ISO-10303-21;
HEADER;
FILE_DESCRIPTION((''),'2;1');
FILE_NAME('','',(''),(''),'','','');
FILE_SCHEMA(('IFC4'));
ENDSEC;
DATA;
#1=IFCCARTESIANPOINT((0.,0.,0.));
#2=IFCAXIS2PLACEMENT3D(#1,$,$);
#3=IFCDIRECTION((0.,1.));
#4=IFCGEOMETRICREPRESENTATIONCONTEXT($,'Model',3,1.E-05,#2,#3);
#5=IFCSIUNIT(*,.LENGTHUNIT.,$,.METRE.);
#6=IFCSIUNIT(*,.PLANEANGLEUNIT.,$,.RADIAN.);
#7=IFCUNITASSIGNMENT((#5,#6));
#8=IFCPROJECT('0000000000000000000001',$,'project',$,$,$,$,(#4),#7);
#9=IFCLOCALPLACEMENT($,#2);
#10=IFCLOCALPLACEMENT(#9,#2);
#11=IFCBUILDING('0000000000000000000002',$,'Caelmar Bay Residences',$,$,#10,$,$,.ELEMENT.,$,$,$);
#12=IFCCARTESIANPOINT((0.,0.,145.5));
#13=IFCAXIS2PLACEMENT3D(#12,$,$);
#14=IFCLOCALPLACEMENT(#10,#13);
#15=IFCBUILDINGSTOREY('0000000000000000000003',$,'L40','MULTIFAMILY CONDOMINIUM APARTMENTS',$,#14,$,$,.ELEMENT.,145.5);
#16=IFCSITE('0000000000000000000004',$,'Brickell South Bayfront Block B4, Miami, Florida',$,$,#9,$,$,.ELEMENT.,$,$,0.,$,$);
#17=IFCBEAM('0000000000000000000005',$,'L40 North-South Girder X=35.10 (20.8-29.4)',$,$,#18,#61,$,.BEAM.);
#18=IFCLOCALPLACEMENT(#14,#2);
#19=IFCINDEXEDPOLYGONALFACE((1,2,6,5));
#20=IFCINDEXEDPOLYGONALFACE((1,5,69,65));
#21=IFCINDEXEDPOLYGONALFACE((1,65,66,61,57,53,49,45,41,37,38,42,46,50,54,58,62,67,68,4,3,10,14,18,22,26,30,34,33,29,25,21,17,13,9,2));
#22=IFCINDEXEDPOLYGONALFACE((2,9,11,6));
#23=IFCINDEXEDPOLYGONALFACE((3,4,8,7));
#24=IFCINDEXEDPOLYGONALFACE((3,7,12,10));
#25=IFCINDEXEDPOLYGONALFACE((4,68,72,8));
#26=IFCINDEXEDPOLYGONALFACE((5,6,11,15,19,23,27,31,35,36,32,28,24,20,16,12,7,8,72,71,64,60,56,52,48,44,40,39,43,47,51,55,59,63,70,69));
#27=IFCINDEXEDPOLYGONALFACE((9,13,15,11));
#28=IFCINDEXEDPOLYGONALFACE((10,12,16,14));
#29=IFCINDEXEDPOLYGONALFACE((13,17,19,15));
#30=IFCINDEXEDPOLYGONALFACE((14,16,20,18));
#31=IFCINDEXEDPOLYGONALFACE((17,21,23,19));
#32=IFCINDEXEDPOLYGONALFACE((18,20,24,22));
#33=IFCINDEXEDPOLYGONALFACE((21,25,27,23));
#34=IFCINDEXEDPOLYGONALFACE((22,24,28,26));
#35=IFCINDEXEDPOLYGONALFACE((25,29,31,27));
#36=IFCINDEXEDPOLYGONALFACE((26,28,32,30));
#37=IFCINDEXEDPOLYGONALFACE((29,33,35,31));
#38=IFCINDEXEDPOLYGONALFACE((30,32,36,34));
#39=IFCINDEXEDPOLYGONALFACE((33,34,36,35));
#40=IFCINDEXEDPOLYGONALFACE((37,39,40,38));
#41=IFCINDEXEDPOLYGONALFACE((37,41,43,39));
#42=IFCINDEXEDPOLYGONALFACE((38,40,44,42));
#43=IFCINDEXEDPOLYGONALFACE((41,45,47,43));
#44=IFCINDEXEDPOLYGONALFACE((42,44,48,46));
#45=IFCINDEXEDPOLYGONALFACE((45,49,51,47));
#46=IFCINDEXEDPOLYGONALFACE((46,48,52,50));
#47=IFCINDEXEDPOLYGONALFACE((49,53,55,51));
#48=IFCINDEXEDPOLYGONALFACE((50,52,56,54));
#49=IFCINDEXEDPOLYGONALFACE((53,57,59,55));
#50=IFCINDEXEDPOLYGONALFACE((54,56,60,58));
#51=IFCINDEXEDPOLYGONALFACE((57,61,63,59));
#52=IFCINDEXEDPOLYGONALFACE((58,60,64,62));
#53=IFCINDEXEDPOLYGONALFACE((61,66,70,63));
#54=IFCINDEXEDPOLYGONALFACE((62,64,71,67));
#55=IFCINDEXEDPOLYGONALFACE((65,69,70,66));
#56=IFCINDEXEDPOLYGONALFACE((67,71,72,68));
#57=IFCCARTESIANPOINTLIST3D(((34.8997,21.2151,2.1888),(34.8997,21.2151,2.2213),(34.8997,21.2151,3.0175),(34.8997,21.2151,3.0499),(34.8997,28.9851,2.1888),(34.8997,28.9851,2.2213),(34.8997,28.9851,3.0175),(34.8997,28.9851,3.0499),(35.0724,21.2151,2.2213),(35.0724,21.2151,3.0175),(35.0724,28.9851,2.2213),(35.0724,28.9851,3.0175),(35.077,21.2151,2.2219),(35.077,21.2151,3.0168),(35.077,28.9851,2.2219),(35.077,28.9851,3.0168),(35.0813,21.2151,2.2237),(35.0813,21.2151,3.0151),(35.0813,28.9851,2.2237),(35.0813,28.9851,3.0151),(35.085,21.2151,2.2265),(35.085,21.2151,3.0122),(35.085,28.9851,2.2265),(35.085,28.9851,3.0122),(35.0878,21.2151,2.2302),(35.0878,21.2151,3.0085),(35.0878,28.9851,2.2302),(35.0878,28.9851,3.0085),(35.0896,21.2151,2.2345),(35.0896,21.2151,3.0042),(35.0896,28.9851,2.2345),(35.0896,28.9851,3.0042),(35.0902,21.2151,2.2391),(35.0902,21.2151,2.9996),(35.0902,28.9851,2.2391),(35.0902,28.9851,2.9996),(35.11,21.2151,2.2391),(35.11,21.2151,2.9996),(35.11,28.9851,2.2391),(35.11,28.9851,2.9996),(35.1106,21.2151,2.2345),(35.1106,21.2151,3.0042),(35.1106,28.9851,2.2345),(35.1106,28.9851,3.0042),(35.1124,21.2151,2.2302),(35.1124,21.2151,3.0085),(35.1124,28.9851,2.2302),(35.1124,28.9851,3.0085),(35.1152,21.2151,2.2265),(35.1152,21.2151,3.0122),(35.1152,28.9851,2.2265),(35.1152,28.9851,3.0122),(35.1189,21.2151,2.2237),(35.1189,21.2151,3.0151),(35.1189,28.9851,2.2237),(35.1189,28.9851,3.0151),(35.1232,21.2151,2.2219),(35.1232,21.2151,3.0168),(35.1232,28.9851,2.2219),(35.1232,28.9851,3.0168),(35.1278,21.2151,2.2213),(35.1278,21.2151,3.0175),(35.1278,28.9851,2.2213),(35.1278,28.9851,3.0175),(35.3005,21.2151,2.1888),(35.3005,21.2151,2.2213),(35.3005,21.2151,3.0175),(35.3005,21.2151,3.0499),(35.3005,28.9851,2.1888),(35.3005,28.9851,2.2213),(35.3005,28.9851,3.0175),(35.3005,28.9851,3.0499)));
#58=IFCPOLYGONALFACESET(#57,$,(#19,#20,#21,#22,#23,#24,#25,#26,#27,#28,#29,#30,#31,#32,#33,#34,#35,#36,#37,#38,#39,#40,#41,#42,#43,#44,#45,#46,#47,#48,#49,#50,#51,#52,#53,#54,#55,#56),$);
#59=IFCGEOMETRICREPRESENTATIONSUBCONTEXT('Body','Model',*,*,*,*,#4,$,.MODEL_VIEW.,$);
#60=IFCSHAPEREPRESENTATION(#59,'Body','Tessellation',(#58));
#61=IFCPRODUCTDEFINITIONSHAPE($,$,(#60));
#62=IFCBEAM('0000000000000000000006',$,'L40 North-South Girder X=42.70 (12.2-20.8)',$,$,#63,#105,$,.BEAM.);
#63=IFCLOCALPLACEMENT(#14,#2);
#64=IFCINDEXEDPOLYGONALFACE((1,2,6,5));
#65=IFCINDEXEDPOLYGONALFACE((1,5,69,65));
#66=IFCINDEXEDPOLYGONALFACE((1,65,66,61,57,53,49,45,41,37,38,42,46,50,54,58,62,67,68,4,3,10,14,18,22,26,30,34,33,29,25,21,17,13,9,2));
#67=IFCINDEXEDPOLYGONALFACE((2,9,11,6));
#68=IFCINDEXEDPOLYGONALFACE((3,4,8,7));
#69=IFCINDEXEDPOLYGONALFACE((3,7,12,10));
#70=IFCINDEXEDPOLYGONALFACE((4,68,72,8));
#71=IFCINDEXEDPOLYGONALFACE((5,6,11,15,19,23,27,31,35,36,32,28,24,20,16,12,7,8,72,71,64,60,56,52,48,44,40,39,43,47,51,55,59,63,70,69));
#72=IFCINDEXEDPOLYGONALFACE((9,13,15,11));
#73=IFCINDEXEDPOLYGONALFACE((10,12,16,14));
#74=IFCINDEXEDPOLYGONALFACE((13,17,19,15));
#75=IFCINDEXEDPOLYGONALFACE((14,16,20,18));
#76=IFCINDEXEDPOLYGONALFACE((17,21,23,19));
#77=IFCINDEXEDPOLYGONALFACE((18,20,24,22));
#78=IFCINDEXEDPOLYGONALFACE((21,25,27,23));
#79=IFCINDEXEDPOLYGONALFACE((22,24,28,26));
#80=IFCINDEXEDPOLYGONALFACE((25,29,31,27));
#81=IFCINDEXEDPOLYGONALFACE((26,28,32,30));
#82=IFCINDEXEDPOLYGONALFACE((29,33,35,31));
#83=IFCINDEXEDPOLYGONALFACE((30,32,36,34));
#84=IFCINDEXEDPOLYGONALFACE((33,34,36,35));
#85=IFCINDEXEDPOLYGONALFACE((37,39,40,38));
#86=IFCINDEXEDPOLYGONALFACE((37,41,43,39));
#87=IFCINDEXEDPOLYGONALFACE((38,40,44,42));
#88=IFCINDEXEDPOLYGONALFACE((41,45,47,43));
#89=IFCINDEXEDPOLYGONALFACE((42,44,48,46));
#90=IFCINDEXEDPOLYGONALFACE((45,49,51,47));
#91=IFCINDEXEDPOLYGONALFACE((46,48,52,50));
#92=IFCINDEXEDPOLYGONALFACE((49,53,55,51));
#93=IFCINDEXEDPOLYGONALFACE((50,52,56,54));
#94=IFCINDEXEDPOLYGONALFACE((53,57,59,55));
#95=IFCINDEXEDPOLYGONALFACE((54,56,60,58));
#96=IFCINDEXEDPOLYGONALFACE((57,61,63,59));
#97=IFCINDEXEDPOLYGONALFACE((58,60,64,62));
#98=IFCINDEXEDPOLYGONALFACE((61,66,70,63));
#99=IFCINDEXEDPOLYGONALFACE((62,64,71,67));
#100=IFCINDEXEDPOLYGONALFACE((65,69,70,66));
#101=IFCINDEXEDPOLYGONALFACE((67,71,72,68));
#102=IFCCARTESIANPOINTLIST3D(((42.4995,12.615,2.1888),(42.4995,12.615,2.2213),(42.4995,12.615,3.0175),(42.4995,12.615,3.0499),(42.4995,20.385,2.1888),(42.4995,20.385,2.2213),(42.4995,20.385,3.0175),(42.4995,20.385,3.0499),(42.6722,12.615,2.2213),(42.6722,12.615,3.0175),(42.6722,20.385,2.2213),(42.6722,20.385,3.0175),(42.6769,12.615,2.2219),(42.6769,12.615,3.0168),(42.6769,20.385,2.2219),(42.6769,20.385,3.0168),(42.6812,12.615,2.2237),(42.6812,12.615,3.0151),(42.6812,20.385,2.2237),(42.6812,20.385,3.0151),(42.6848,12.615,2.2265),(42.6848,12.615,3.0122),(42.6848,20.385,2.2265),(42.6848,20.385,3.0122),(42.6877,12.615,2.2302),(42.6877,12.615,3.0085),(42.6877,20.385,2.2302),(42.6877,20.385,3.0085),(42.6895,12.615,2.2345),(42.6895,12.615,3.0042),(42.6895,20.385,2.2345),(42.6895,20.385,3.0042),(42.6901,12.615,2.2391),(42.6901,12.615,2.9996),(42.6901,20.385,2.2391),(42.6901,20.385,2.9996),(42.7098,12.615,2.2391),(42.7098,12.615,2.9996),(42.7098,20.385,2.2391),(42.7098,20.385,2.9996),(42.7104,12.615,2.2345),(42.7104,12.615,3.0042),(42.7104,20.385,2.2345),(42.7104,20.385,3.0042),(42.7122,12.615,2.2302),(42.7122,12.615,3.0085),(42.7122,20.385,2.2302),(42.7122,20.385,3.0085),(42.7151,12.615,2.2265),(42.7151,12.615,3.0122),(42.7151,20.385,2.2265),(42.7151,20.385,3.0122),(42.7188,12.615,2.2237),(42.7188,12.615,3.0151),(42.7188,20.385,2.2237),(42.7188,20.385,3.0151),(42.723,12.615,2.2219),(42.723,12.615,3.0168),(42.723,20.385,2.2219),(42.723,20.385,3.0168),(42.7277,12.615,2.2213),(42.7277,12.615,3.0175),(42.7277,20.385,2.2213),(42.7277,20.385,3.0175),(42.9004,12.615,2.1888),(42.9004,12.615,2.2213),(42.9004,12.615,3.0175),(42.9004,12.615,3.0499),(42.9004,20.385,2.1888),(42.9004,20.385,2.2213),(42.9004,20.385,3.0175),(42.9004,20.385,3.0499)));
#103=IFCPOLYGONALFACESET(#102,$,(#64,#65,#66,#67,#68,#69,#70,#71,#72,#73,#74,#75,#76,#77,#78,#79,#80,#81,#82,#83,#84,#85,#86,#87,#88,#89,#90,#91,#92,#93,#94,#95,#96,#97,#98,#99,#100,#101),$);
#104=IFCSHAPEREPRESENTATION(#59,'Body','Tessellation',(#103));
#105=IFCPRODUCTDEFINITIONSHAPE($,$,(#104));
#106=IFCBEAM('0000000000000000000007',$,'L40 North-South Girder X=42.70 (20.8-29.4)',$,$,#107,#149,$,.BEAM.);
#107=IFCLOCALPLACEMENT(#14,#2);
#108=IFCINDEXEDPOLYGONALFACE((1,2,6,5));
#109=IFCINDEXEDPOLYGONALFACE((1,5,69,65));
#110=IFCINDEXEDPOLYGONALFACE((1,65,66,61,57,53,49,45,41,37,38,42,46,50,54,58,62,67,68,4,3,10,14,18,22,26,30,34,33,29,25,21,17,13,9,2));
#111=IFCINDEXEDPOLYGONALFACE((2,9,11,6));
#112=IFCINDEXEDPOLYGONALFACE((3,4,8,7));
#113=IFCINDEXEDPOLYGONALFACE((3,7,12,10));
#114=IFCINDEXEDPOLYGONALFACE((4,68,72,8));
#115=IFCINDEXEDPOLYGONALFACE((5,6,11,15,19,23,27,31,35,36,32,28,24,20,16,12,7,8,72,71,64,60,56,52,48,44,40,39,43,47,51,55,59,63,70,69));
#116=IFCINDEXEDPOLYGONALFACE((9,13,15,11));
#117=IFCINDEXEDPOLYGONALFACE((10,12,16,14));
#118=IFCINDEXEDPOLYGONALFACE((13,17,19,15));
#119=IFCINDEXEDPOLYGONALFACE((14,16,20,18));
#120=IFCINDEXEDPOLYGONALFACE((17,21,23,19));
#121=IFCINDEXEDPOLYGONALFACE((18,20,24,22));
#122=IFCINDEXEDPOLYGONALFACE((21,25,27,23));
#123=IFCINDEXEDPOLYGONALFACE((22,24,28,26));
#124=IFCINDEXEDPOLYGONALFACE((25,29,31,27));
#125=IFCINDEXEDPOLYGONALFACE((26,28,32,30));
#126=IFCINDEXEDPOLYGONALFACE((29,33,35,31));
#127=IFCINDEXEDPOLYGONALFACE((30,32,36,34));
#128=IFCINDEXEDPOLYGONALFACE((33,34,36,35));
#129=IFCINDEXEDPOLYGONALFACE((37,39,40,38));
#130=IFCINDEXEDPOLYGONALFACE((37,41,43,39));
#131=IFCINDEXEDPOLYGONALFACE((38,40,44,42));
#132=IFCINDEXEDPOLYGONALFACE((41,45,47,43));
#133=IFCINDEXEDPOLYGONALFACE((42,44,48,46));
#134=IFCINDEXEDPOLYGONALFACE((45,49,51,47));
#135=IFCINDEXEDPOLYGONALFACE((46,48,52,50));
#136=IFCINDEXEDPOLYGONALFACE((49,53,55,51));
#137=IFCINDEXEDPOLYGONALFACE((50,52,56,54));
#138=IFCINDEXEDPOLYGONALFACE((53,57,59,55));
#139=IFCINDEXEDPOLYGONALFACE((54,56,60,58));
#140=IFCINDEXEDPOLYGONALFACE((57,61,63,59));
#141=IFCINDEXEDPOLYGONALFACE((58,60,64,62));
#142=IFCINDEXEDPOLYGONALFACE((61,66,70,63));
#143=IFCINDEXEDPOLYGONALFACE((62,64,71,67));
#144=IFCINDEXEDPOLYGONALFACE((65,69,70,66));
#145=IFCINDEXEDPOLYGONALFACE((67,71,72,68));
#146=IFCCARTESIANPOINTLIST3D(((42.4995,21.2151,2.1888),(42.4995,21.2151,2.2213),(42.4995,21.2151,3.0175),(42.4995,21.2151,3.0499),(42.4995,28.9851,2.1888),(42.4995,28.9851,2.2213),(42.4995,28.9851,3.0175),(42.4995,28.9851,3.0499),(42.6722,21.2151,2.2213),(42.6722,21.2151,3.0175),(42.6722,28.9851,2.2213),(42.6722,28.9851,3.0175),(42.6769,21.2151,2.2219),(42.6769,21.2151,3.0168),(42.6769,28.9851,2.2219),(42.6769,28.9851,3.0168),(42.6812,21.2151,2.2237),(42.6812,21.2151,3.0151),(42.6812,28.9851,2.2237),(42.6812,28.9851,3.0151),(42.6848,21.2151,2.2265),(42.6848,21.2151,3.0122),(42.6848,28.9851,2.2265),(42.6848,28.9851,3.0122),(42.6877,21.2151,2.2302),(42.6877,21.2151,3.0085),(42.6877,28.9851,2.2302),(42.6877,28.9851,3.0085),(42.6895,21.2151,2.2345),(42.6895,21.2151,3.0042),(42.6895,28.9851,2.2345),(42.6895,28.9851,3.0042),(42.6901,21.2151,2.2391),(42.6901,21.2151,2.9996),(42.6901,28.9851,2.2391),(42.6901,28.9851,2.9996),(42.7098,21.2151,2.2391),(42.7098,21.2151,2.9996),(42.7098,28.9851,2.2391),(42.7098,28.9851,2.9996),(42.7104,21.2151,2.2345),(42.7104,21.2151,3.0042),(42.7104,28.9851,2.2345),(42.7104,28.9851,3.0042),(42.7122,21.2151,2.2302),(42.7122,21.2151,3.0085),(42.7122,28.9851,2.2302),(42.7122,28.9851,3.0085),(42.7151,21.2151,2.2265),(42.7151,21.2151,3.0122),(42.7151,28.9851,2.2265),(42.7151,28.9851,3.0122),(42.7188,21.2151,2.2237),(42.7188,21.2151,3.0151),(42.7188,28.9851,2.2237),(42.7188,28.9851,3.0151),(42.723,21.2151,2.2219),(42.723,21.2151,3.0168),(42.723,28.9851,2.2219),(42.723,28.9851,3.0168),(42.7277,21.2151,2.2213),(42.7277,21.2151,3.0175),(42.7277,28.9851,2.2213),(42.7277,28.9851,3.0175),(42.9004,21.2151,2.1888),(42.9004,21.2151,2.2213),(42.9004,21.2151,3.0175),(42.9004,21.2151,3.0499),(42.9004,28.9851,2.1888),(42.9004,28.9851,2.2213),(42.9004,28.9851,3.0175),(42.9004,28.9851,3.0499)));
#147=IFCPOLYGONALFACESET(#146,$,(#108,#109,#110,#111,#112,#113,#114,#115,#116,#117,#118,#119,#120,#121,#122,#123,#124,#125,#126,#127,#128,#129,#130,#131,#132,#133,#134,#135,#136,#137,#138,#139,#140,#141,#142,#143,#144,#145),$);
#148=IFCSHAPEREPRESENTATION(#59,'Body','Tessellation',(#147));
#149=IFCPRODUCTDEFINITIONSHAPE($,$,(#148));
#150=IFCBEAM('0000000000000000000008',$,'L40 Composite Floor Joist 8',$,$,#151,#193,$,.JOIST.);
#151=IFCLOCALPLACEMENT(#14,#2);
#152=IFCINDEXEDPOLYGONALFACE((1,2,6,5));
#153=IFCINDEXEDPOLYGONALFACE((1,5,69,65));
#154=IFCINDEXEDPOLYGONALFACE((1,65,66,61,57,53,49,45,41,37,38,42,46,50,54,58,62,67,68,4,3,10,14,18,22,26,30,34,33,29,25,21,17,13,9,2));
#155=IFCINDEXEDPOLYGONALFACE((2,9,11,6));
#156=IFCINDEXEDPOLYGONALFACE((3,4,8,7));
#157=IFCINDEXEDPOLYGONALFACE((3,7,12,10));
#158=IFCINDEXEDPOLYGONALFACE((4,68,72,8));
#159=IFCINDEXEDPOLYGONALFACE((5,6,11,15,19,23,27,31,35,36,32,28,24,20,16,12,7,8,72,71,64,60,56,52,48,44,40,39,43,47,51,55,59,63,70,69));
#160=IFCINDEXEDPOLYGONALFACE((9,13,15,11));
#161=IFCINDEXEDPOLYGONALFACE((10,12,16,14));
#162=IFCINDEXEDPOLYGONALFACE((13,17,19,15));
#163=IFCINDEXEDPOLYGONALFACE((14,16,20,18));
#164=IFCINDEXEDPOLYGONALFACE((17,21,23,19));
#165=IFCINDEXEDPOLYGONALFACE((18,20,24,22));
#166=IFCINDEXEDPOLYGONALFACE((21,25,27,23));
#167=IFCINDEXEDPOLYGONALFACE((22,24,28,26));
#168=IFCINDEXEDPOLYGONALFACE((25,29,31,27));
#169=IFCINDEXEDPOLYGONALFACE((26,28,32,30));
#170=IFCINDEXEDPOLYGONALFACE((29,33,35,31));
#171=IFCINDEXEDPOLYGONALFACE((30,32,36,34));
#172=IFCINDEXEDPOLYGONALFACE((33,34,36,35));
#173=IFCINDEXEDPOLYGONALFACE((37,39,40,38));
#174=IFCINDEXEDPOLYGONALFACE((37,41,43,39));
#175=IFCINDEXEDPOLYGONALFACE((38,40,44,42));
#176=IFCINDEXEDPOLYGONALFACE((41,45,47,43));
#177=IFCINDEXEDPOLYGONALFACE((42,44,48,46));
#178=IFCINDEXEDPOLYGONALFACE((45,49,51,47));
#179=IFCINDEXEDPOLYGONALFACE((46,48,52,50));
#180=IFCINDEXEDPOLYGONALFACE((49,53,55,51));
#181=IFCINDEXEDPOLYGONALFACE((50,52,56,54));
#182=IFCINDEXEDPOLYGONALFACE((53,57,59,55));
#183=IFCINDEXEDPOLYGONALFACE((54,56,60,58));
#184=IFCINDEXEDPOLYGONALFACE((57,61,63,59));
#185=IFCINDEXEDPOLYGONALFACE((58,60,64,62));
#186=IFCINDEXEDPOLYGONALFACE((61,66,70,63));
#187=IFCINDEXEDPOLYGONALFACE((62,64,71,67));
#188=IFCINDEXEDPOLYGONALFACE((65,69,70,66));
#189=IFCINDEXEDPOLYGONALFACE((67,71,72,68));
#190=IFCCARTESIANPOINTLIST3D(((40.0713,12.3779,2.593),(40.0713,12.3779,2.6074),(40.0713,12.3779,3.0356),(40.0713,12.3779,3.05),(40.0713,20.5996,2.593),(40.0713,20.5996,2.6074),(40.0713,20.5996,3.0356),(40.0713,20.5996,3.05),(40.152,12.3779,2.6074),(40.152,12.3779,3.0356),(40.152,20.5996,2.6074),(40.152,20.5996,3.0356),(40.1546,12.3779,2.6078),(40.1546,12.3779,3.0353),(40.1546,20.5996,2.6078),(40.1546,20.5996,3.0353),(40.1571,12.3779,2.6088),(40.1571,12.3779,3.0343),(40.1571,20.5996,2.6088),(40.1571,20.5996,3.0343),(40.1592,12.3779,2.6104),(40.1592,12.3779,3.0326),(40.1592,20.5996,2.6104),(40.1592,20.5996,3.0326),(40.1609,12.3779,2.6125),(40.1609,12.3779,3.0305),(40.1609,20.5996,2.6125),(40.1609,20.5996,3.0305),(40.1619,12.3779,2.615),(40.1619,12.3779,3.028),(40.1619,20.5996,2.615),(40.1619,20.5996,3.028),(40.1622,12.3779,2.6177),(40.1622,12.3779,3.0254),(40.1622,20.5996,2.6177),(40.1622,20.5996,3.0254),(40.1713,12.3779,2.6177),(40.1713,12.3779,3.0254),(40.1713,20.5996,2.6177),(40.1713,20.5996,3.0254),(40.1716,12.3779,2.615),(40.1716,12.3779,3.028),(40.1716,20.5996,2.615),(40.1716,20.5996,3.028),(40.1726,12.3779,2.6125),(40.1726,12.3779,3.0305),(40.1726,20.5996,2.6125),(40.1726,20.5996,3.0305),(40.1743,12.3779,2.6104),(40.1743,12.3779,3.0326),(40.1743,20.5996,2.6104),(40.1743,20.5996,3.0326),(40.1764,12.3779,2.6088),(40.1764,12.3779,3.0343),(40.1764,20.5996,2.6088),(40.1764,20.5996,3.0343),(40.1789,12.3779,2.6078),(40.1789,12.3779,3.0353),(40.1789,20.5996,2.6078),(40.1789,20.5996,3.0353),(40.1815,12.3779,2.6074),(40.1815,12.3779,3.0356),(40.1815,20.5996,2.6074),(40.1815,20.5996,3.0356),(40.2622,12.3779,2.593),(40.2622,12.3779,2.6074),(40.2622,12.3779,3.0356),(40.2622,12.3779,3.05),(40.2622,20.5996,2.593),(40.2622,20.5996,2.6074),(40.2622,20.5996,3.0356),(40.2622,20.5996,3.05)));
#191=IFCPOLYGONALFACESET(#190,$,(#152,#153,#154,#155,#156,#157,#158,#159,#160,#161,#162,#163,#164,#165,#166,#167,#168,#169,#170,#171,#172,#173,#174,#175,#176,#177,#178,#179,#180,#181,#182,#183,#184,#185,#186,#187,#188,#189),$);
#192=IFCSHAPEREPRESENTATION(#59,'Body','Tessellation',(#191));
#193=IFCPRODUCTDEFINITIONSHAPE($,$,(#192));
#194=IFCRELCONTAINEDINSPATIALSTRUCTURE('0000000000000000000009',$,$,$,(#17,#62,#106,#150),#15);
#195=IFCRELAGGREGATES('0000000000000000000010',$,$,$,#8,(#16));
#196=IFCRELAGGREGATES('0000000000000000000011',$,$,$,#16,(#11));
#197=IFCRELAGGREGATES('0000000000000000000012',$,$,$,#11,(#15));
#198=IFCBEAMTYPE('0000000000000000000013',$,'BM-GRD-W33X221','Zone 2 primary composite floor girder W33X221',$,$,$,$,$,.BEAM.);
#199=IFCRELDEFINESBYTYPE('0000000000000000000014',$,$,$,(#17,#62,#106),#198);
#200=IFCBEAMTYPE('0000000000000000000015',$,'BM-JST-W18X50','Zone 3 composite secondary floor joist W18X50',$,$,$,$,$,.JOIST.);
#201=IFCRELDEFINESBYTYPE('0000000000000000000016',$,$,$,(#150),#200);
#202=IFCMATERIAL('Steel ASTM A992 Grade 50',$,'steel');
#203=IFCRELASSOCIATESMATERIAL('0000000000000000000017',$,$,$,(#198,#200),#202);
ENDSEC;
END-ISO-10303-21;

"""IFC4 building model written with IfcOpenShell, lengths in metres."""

from ifc_helpers import new_model, si_unit, direction, frame, origin, origin_2d, place, context, subcontext, project, spatial, i_section, extrude, material, material_profile, profile_set, type_object, element, save


model = new_model("IFC4")

# Units and contexts
model_context = context("Model", 3, precision=1e-05, world=origin(), true_north=direction((0.0, 1.0)))
body_context = subcontext(model_context, "Body", "Model", "MODEL_VIEW")
ifc_project = project(units=[si_unit("LENGTHUNIT", "METRE"), si_unit("PLANEANGLEUNIT", "RADIAN")], contexts=[model_context])

# Site, building, storey
site_placement = place(None, origin())
site = spatial("IfcSite", under=ifc_project, at=site_placement, Name="Brickell South Bayfront Block B4, Miami, Florida", CompositionType="ELEMENT", RefElevation=0.0)
building_placement = place(site_placement, origin())
building = spatial("IfcBuilding", under=site, at=building_placement, Name="Caelmar Bay Residences", CompositionType="ELEMENT")
storey_placement = place(building_placement, frame((0.0, 0.0, 145.5)))
storey = spatial("IfcBuildingStorey", under=building, at=storey_placement, Name="L40", Description="MULTIFAMILY CONDOMINIUM APARTMENTS", CompositionType="ELEMENT", Elevation=145.5)

# Beams
ifc_material_1 = material(Name="Steel ASTM A992 Grade 50", Category="steel")
ifc_material_profile_1 = material_profile(ifc_material_1, i_section(OverallWidth=0.4009, OverallDepth=0.8611, WebThickness=0.0198, FlangeThickness=0.0325, FilletRadius=0.0178, at=origin_2d()), Name="W33X221")
ifc_profile_set_1 = profile_set([ifc_material_profile_1], Name="Steel ASTM A992 Grade 50")
beam_type_1 = type_object("IfcBeamType", Name="BM-GRD-W33X221", Description="Zone 2 primary composite floor girder W33X221", PredefinedType="BEAM", material=ifc_profile_set_1)
for number, where, z_axis, x_axis, name in (
    (1, (35.1001, 21.2151, 2.6194), (0.0, 1.0, 0.0), (-1.0, 0.0, 0.0), "L40 North-South Girder X=35.10 (20.8-29.4)"),
    (2, (42.7, 12.615, 2.6194), (0.0, 1.0, 0.0), (-1.0, 0.0, 0.0), "L40 North-South Girder X=42.70 (12.2-20.8)"),
    (3, (42.7, 21.2151, 2.6194), (0.0, 1.0, 0.0), (-1.0, 0.0, 0.0), "L40 North-South Girder X=42.70 (20.8-29.4)"),
):
    element("IfcBeam", number, at=place(storey_placement, frame(where, z_axis=z_axis, x_axis=x_axis)), inside=storey, type_object=beam_type_1, Name=name, PredefinedType="BEAM", context=body_context, shape_type="SweptSolid", body=[
        extrude(i_section(OverallWidth=0.4009, OverallDepth=0.8611, WebThickness=0.0198, FlangeThickness=0.0325, FilletRadius=0.0178, at=origin_2d()), origin(), (0.0, 0.0, 1.0), 7.77),
    ])
ifc_material_profile_2 = material_profile(ifc_material_1, i_section(OverallWidth=0.1909, OverallDepth=0.457, WebThickness=0.009, FlangeThickness=0.0144, FilletRadius=0.0103, at=origin_2d()), Name="W18X50")
ifc_profile_set_2 = profile_set([ifc_material_profile_2], Name="Steel ASTM A992 Grade 50")
beam_type_2 = type_object("IfcBeamType", Name="BM-JST-W18X50", Description="Zone 3 composite secondary floor joist W18X50", PredefinedType="JOIST", material=ifc_profile_set_2)
for number, where, z_axis, x_axis, name in (
    (4, (40.1667, 12.3779, 2.8215), (0.0, 1.0, 0.0), (-1.0, 0.0, 0.0), "L40 Composite Floor Joist 8"),
):
    element("IfcBeam", number, at=place(storey_placement, frame(where, z_axis=z_axis, x_axis=x_axis)), inside=storey, type_object=beam_type_2, Name=name, PredefinedType="JOIST", context=body_context, shape_type="SweptSolid", body=[
        extrude(i_section(OverallWidth=0.1909, OverallDepth=0.457, WebThickness=0.009, FlangeThickness=0.0144, FilletRadius=0.0103, at=origin_2d()), origin(), (0.0, 0.0, 1.0), 8.2217),
    ])

save(model, "model.ifc")
